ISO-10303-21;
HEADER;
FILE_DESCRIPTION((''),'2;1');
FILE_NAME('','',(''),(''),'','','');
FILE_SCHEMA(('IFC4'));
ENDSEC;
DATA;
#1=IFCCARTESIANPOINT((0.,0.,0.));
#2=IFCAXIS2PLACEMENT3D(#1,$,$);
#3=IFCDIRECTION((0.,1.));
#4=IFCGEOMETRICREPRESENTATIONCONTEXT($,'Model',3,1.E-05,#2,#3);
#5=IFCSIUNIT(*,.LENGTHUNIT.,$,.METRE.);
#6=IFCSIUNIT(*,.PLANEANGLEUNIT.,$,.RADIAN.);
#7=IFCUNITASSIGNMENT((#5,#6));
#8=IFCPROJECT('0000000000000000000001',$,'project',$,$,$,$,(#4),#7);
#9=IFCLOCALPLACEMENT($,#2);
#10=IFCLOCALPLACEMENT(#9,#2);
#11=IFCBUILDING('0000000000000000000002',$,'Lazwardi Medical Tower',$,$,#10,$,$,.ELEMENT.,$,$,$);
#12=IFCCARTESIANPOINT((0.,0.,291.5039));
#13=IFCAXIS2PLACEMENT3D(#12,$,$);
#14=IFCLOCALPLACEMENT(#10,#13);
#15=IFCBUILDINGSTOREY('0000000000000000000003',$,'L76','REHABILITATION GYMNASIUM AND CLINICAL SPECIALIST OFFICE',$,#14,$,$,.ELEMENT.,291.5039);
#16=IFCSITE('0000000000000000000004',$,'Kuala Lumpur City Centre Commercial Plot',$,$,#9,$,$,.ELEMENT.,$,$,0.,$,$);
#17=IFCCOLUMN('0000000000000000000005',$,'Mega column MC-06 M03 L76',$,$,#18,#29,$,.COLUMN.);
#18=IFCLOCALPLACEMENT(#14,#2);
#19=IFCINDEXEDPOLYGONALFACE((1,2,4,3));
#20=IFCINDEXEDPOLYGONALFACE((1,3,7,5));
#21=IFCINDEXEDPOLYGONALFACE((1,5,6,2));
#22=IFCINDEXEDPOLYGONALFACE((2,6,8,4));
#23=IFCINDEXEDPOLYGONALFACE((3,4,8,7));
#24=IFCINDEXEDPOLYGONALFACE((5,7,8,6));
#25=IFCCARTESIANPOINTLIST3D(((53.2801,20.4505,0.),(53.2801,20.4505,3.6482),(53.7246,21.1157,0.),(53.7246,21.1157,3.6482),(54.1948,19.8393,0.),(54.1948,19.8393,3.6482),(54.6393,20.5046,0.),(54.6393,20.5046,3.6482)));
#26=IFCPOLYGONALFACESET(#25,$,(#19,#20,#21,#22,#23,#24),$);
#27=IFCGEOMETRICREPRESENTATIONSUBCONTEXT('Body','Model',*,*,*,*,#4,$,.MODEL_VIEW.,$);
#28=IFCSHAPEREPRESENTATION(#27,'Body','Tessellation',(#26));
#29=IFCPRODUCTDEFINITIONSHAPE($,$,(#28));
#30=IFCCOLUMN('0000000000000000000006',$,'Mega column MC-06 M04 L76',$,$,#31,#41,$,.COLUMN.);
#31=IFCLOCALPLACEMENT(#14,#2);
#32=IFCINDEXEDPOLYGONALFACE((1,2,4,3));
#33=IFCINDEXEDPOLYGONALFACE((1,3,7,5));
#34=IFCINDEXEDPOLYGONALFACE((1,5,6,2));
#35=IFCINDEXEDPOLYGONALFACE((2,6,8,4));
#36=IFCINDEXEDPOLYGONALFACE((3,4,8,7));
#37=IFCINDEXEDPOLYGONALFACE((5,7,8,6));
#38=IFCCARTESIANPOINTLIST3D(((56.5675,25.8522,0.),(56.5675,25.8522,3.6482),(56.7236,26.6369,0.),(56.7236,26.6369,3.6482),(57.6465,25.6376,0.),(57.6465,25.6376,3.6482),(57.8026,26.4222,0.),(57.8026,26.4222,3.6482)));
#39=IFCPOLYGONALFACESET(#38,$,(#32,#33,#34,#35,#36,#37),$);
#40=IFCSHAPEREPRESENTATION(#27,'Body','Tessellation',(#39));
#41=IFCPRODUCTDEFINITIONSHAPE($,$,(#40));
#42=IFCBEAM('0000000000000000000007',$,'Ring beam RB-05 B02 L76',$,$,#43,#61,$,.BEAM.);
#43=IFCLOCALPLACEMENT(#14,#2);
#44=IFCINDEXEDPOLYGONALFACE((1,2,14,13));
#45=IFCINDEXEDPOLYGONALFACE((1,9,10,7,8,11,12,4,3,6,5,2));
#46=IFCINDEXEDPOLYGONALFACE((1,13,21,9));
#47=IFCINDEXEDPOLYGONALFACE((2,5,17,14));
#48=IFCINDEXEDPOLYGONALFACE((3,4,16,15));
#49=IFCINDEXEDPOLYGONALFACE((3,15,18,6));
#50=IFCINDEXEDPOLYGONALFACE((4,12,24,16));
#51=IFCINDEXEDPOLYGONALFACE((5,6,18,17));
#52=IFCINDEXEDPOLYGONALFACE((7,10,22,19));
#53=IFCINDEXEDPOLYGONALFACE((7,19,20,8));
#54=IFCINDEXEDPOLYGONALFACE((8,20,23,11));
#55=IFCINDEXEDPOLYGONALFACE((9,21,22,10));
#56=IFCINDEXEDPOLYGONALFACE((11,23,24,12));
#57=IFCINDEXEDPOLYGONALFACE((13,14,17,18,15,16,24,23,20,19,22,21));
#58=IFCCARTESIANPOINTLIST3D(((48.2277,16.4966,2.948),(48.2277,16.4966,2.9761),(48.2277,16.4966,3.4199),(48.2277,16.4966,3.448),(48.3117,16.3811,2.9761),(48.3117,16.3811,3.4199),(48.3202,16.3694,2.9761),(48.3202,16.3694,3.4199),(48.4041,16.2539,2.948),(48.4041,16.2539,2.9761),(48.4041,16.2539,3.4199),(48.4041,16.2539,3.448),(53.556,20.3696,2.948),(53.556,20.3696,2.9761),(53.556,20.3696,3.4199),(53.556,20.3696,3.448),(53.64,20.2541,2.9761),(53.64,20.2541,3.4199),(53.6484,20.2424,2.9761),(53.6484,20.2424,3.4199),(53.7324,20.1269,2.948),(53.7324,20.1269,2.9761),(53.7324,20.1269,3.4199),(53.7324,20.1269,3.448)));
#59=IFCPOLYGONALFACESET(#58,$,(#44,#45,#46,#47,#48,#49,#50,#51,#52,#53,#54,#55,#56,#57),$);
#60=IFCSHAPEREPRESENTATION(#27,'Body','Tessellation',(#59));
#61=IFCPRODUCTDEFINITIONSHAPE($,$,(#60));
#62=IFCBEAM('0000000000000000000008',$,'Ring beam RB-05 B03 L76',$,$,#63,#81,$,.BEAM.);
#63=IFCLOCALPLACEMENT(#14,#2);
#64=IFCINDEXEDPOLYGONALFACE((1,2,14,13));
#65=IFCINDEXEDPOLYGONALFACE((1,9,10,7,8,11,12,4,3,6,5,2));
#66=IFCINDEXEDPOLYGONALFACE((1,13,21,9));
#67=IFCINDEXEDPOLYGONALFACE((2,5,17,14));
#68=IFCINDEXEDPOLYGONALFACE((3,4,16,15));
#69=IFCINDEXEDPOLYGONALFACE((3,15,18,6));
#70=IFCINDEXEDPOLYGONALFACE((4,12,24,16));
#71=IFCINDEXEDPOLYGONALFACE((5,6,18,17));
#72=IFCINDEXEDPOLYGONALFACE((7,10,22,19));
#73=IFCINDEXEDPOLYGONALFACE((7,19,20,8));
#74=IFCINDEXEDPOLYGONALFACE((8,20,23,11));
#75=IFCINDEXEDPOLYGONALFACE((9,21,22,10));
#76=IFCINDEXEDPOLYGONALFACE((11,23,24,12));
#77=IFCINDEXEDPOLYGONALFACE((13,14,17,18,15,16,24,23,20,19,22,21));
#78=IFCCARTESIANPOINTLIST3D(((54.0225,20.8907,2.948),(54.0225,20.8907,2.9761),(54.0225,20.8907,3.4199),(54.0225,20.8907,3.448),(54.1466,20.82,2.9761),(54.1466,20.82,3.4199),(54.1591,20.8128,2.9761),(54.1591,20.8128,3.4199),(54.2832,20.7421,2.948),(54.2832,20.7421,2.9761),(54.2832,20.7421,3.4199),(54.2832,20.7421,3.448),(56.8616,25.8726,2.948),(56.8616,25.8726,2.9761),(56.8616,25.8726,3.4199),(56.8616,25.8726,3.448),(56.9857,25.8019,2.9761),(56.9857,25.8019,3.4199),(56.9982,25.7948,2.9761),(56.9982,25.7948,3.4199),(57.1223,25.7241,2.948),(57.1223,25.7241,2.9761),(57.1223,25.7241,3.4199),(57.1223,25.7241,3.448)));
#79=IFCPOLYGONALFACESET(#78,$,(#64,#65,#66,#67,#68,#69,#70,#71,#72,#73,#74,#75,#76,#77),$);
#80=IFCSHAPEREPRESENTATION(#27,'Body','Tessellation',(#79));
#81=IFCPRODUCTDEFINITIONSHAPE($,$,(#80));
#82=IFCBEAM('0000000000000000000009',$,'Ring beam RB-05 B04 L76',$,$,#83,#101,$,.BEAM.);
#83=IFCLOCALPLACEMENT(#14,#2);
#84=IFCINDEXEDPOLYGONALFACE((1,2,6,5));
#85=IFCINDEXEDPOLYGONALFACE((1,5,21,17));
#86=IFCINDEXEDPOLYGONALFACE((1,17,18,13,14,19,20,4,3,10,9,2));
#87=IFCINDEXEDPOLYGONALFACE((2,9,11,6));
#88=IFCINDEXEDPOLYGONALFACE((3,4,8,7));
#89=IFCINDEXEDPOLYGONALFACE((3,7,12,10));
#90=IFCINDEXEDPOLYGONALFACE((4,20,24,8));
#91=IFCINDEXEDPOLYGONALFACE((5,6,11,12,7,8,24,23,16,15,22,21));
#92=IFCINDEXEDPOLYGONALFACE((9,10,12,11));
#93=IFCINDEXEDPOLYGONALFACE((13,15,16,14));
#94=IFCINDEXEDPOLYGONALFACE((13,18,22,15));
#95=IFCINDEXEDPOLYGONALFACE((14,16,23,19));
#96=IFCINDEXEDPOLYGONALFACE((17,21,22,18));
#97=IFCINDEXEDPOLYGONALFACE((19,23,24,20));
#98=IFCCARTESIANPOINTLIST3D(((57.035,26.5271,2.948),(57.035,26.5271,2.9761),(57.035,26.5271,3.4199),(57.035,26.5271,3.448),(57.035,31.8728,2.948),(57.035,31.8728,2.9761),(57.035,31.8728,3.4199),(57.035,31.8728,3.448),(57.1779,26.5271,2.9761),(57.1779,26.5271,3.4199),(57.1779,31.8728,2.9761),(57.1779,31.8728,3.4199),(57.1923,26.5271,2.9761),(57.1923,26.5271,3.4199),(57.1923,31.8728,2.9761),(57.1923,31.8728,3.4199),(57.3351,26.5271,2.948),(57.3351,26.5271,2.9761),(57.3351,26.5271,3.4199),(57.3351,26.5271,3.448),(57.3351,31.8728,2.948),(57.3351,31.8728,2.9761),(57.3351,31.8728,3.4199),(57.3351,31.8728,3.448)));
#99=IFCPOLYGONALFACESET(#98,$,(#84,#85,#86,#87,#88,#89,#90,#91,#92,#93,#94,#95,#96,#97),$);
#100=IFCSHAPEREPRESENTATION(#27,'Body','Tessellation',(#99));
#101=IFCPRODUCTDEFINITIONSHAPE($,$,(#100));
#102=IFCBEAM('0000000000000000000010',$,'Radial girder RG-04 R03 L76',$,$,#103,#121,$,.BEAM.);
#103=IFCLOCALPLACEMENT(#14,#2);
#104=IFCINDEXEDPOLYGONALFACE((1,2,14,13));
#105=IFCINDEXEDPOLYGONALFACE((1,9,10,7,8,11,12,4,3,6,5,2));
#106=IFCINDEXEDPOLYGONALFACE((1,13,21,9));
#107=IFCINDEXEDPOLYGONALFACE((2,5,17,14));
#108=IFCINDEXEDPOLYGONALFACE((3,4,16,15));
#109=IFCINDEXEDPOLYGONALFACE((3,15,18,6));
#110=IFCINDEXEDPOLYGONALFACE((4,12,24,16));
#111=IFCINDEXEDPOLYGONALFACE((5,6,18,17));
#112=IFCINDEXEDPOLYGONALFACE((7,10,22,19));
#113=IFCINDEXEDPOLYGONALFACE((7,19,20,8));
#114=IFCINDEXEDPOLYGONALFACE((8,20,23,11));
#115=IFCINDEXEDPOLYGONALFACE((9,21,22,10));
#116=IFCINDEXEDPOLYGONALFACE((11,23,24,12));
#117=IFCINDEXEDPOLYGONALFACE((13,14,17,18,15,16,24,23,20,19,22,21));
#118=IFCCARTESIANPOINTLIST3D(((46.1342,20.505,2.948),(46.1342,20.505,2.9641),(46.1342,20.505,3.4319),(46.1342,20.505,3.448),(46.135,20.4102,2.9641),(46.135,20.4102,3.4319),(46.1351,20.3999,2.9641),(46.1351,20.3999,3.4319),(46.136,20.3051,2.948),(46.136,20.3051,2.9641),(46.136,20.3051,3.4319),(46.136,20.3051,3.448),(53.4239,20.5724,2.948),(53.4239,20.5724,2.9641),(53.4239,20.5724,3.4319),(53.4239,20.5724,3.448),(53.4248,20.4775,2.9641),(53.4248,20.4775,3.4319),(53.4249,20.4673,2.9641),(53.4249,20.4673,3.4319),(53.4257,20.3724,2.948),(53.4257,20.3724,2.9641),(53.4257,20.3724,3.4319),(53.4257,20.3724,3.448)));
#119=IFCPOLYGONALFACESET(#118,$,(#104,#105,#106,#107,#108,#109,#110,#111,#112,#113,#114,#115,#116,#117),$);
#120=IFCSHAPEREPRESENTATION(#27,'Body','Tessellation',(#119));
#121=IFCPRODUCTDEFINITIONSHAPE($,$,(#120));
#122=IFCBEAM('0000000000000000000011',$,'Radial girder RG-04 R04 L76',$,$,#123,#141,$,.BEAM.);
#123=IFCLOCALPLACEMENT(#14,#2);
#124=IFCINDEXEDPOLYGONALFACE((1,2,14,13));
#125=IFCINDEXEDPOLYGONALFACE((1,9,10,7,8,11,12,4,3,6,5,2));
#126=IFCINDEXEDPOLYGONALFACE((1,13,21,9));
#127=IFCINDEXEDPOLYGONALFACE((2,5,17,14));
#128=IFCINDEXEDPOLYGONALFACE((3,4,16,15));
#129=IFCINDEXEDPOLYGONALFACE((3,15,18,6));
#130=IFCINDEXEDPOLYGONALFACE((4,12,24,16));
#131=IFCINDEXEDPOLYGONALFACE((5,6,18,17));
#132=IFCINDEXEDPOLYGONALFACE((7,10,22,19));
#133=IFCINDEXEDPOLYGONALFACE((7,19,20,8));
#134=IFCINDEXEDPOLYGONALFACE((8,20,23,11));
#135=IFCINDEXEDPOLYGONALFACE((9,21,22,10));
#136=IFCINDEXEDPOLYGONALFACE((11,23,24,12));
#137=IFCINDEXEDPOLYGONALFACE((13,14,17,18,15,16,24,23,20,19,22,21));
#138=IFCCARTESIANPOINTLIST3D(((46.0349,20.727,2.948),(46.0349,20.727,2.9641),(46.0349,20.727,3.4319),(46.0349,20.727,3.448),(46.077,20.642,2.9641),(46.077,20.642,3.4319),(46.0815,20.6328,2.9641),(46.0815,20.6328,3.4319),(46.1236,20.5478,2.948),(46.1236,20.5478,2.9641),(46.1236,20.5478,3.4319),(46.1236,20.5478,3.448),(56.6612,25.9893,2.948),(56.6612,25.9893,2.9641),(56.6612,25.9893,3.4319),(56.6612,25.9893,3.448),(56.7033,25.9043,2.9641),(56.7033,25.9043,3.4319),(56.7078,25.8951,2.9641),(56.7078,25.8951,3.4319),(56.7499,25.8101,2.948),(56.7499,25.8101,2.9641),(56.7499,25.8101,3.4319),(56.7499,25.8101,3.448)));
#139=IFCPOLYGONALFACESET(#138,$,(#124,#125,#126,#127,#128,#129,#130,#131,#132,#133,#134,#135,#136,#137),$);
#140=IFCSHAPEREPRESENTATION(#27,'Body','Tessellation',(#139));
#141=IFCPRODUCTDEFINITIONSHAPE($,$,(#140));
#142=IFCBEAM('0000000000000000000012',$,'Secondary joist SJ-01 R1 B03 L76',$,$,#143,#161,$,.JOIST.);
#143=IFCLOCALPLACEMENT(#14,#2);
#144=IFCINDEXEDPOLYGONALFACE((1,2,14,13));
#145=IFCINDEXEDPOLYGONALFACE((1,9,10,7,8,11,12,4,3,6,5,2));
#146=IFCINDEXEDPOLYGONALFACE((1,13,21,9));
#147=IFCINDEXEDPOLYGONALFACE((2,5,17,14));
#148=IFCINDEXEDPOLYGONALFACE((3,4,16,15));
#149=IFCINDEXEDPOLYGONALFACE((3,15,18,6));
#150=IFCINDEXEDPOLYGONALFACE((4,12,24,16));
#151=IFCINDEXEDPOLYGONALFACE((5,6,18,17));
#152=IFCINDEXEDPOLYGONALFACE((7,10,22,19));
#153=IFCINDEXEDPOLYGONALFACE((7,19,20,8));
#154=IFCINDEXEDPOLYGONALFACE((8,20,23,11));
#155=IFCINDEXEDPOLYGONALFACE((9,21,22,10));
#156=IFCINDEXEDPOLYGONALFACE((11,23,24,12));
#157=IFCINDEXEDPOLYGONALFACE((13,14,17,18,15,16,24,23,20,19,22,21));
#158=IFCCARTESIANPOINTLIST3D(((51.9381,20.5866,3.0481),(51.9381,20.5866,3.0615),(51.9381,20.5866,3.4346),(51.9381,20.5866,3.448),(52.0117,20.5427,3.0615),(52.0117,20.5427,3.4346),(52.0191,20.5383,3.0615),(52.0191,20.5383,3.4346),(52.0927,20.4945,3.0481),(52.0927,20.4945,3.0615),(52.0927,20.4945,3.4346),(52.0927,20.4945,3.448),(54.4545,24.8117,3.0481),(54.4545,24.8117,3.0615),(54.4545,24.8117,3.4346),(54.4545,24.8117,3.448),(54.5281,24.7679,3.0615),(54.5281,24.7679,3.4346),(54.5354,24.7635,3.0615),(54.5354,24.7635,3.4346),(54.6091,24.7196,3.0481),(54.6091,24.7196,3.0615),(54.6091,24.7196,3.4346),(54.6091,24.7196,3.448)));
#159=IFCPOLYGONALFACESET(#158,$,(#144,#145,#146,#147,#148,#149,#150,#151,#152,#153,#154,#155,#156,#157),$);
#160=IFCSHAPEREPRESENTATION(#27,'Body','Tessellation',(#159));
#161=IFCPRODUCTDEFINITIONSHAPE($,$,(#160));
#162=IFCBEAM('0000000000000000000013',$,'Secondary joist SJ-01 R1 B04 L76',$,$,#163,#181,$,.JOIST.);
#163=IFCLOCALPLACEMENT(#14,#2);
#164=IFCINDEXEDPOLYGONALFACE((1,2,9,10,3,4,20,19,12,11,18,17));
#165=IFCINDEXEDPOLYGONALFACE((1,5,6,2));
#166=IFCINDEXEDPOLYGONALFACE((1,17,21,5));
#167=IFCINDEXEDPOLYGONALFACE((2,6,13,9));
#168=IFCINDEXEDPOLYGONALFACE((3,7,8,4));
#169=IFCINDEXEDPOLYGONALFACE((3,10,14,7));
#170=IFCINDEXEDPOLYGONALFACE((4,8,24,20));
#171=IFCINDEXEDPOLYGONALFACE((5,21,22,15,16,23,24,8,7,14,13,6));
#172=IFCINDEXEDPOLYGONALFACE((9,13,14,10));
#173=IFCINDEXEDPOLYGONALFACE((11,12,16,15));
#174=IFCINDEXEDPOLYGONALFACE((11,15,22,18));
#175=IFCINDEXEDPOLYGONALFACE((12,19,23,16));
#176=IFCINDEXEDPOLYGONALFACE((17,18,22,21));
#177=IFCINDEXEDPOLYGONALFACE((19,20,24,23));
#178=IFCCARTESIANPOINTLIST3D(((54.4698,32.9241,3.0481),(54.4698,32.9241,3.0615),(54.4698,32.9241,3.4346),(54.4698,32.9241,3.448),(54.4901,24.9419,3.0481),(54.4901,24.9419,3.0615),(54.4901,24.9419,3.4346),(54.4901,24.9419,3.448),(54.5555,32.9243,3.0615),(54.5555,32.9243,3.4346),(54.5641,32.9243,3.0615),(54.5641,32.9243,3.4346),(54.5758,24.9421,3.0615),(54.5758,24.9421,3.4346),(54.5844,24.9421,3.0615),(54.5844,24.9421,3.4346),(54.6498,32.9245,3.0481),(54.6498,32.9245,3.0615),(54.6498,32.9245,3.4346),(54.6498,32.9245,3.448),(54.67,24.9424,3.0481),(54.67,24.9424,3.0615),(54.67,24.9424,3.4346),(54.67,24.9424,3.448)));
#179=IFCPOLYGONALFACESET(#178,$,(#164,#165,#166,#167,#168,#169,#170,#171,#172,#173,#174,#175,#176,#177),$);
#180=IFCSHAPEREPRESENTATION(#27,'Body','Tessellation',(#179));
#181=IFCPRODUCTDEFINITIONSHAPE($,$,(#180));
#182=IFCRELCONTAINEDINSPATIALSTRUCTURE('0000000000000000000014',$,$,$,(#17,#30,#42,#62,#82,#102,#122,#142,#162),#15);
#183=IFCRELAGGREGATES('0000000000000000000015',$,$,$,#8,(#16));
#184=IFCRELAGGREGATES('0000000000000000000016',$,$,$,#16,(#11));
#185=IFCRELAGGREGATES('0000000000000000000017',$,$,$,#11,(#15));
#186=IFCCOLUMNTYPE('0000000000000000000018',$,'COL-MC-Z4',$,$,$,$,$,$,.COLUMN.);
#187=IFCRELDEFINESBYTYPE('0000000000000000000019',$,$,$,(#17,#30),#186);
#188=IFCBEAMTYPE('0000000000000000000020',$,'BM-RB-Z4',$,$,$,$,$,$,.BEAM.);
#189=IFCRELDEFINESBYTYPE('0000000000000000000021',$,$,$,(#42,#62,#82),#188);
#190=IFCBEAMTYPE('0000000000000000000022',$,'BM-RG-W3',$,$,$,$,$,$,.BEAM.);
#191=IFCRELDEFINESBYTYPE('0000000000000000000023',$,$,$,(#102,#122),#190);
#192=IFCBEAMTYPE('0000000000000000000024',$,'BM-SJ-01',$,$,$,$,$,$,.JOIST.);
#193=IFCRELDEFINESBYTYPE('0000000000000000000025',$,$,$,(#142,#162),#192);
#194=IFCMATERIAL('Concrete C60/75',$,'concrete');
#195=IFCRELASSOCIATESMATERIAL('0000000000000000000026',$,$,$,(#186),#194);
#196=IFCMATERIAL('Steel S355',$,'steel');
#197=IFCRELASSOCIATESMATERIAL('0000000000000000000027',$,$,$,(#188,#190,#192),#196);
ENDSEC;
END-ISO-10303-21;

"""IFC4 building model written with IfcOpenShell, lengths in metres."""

from ifc_helpers import new_model, si_unit, direction, frame, origin, origin_2d, place, context, subcontext, project, spatial, rectangle, i_section, extrude, material, material_profile, profile_set, type_object, element, save


model = new_model("IFC4")

# Units and contexts
model_context = context("Model", 3, precision=1e-05, world=origin(), true_north=direction((0.0, 1.0)))
body_context = subcontext(model_context, "Body", "Model", "MODEL_VIEW")
ifc_project = project(units=[si_unit("LENGTHUNIT", "METRE"), si_unit("PLANEANGLEUNIT", "RADIAN")], contexts=[model_context])

# Site, building, storey
site_placement = place(None, origin())
site = spatial("IfcSite", under=ifc_project, at=site_placement, Name="Kuala Lumpur City Centre Commercial Plot", CompositionType="ELEMENT", RefElevation=0.0)
building_placement = place(site_placement, origin())
building = spatial("IfcBuilding", under=site, at=building_placement, Name="Lazwardi Medical Tower", CompositionType="ELEMENT")
storey_placement = place(building_placement, frame((0.0, 0.0, 291.5039)))
storey = spatial("IfcBuildingStorey", under=building, at=storey_placement, Name="L76", Description="REHABILITATION GYMNASIUM AND CLINICAL SPECIALIST OFFICE", CompositionType="ELEMENT", Elevation=291.5039)

# Columns
ifc_material_1 = material(Name="Concrete C60/75", Category="concrete")
ifc_material_profile_1 = material_profile(ifc_material_1, rectangle(XDim=1.1001, YDim=0.8, at=origin_2d()), Name="CFT-RECT 1100x800")
ifc_profile_set_1 = profile_set([ifc_material_profile_1], Name="Concrete C60/75")
column_type = type_object("IfcColumnType", Name="COL-MC-Z4", PredefinedType="COLUMN", material=ifc_profile_set_1)
for number, where, z_axis, x_axis, name in (
    (1, (53.9597, 20.4775, 0.0), (0.0, 0.0, 1.0), (0.83147, -0.55557, 0.0), "Mega column MC-06 M03 L76"),
    (2, (57.1851, 26.1372, 0.0), (0.0, 0.0, 1.0), (0.980785, -0.19509, 0.0), "Mega column MC-06 M04 L76"),
):
    element("IfcColumn", number, at=place(storey_placement, frame(where, z_axis=z_axis, x_axis=x_axis)), inside=storey, type_object=column_type, Name=name, PredefinedType="COLUMN", context=body_context, shape_type="SweptSolid", body=[
        extrude(rectangle(XDim=1.1001, YDim=0.8, at=origin_2d()), origin(), (0.0, 0.0, 1.0), 3.6482),
    ])

# Beams
ifc_material_2 = material(Name="Steel S355", Category="steel")
ifc_material_profile_2 = material_profile(ifc_material_2, i_section(OverallWidth=0.3, OverallDepth=0.5, WebThickness=0.0144, FlangeThickness=0.0281, at=origin_2d()), Name="HEB 500")
ifc_profile_set_2 = profile_set([ifc_material_profile_2], Name="Steel S355")
beam_type_1 = type_object("IfcBeamType", Name="BM-RB-Z4", PredefinedType="BEAM", material=ifc_profile_set_2)
beam_1_placement = place(storey_placement, frame((48.3159, 16.3752, 3.198), z_axis=(0.80889, 0.58796, 0.0), x_axis=(-0.58796, 0.80889, 0.0)))
element("IfcBeam", 3, at=beam_1_placement, inside=storey, type_object=beam_type_1, Name="Ring beam RB-05 B02 L76", PredefinedType="BEAM", context=body_context, shape_type="SweptSolid", body=[
    extrude(i_section(OverallWidth=0.3, OverallDepth=0.5, WebThickness=0.0144, FlangeThickness=0.0281, at=origin_2d()), origin(), (0.0, 0.0, 1.0), 6.5872),
])
beam_2_placement = place(storey_placement, frame((54.1528, 20.8164, 3.198), z_axis=(0.495125, 0.868822, 0.0), x_axis=(-0.868822, 0.495125, 0.0)))
element("IfcBeam", 4, at=beam_2_placement, inside=storey, type_object=beam_type_1, Name="Ring beam RB-05 B03 L76", PredefinedType="BEAM", context=body_context, shape_type="SweptSolid", body=[
    extrude(i_section(OverallWidth=0.3, OverallDepth=0.5, WebThickness=0.0144, FlangeThickness=0.0281, at=origin_2d()), origin(), (0.0, 0.0, 1.0), 5.7341),
])
beam_3_placement = place(storey_placement, frame((57.1851, 26.5271, 3.198), z_axis=(0.0, 1.0, 0.0), x_axis=(-1.0, 0.0, 0.0)))
element("IfcBeam", 5, at=beam_3_placement, inside=storey, type_object=beam_type_1, Name="Ring beam RB-05 B04 L76", PredefinedType="BEAM", context=body_context, shape_type="SweptSolid", body=[
    extrude(i_section(OverallWidth=0.3, OverallDepth=0.5, WebThickness=0.0144, FlangeThickness=0.0281, at=origin_2d()), origin(), (0.0, 0.0, 1.0), 5.3457),
])
ifc_material_profile_3 = material_profile(ifc_material_2, i_section(OverallWidth=0.2, OverallDepth=0.5, WebThickness=0.0103, FlangeThickness=0.0161, at=origin_2d()), Name="IPE 500")
ifc_profile_set_3 = profile_set([ifc_material_profile_3], Name="Steel S355")
beam_type_2 = type_object("IfcBeamType", Name="BM-RG-W3", PredefinedType="BEAM", material=ifc_profile_set_3)
beam_4_placement = place(storey_placement, frame((53.4248, 20.4724, 3.198), z_axis=(-0.999957, -0.009243, 0.0), x_axis=(0.009243, -0.999957, 0.0)))
element("IfcBeam", 6, at=beam_4_placement, inside=storey, type_object=beam_type_2, Name="Radial girder RG-04 R03 L76", PredefinedType="BEAM", context=body_context, shape_type="SweptSolid", body=[
    extrude(i_section(OverallWidth=0.2, OverallDepth=0.5, WebThickness=0.0103, FlangeThickness=0.0161, at=origin_2d()), origin(), (0.0, 0.0, 1.0), 7.29),
])
beam_5_placement = place(storey_placement, frame((56.7056, 25.8997, 3.198), z_axis=(-0.896138, -0.443776, 0.0), x_axis=(0.443776, -0.896138, 0.0)))
element("IfcBeam", 7, at=beam_5_placement, inside=storey, type_object=beam_type_2, Name="Radial girder RG-04 R04 L76", PredefinedType="BEAM", context=body_context, shape_type="SweptSolid", body=[
    extrude(i_section(OverallWidth=0.2, OverallDepth=0.5, WebThickness=0.0103, FlangeThickness=0.0161, at=origin_2d()), origin(), (0.0, 0.0, 1.0), 11.8579),
])
ifc_material_profile_4 = material_profile(ifc_material_2, i_section(OverallWidth=0.1799, OverallDepth=0.3999, WebThickness=0.0085, FlangeThickness=0.0134, at=origin_2d()), Name="IPE 400")
ifc_profile_set_4 = profile_set([ifc_material_profile_4], Name="Steel S355")
beam_type_3 = type_object("IfcBeamType", Name="BM-SJ-01", PredefinedType="JOIST", material=ifc_profile_set_4)
beam_6_placement = place(storey_placement, frame((52.0154, 20.5405, 3.248), z_axis=(0.511697, 0.859166, 0.0), x_axis=(-0.859166, 0.511697, 0.0)))
element("IfcBeam", 8, at=beam_6_placement, inside=storey, type_object=beam_type_3, Name="Secondary joist SJ-01 R1 B03 L76", PredefinedType="JOIST", context=body_context, shape_type="SweptSolid", body=[
    extrude(i_section(OverallWidth=0.1799, OverallDepth=0.3999, WebThickness=0.0085, FlangeThickness=0.0134, at=origin_2d()), origin(), (0.0, 0.0, 1.0), 4.9177),
])
beam_7_placement = place(storey_placement, frame((54.5801, 24.9421, 3.248), z_axis=(-0.002539, 0.999997, 0.0), x_axis=(-0.999997, -0.002539, 0.0)))
element("IfcBeam", 9, at=beam_7_placement, inside=storey, type_object=beam_type_3, Name="Secondary joist SJ-01 R1 B04 L76", PredefinedType="JOIST", context=body_context, shape_type="SweptSolid", body=[
    extrude(i_section(OverallWidth=0.1799, OverallDepth=0.3999, WebThickness=0.0085, FlangeThickness=0.0134, at=origin_2d()), origin(), (0.0, 0.0, 1.0), 7.9822),
])

save(model, "model.ifc")
